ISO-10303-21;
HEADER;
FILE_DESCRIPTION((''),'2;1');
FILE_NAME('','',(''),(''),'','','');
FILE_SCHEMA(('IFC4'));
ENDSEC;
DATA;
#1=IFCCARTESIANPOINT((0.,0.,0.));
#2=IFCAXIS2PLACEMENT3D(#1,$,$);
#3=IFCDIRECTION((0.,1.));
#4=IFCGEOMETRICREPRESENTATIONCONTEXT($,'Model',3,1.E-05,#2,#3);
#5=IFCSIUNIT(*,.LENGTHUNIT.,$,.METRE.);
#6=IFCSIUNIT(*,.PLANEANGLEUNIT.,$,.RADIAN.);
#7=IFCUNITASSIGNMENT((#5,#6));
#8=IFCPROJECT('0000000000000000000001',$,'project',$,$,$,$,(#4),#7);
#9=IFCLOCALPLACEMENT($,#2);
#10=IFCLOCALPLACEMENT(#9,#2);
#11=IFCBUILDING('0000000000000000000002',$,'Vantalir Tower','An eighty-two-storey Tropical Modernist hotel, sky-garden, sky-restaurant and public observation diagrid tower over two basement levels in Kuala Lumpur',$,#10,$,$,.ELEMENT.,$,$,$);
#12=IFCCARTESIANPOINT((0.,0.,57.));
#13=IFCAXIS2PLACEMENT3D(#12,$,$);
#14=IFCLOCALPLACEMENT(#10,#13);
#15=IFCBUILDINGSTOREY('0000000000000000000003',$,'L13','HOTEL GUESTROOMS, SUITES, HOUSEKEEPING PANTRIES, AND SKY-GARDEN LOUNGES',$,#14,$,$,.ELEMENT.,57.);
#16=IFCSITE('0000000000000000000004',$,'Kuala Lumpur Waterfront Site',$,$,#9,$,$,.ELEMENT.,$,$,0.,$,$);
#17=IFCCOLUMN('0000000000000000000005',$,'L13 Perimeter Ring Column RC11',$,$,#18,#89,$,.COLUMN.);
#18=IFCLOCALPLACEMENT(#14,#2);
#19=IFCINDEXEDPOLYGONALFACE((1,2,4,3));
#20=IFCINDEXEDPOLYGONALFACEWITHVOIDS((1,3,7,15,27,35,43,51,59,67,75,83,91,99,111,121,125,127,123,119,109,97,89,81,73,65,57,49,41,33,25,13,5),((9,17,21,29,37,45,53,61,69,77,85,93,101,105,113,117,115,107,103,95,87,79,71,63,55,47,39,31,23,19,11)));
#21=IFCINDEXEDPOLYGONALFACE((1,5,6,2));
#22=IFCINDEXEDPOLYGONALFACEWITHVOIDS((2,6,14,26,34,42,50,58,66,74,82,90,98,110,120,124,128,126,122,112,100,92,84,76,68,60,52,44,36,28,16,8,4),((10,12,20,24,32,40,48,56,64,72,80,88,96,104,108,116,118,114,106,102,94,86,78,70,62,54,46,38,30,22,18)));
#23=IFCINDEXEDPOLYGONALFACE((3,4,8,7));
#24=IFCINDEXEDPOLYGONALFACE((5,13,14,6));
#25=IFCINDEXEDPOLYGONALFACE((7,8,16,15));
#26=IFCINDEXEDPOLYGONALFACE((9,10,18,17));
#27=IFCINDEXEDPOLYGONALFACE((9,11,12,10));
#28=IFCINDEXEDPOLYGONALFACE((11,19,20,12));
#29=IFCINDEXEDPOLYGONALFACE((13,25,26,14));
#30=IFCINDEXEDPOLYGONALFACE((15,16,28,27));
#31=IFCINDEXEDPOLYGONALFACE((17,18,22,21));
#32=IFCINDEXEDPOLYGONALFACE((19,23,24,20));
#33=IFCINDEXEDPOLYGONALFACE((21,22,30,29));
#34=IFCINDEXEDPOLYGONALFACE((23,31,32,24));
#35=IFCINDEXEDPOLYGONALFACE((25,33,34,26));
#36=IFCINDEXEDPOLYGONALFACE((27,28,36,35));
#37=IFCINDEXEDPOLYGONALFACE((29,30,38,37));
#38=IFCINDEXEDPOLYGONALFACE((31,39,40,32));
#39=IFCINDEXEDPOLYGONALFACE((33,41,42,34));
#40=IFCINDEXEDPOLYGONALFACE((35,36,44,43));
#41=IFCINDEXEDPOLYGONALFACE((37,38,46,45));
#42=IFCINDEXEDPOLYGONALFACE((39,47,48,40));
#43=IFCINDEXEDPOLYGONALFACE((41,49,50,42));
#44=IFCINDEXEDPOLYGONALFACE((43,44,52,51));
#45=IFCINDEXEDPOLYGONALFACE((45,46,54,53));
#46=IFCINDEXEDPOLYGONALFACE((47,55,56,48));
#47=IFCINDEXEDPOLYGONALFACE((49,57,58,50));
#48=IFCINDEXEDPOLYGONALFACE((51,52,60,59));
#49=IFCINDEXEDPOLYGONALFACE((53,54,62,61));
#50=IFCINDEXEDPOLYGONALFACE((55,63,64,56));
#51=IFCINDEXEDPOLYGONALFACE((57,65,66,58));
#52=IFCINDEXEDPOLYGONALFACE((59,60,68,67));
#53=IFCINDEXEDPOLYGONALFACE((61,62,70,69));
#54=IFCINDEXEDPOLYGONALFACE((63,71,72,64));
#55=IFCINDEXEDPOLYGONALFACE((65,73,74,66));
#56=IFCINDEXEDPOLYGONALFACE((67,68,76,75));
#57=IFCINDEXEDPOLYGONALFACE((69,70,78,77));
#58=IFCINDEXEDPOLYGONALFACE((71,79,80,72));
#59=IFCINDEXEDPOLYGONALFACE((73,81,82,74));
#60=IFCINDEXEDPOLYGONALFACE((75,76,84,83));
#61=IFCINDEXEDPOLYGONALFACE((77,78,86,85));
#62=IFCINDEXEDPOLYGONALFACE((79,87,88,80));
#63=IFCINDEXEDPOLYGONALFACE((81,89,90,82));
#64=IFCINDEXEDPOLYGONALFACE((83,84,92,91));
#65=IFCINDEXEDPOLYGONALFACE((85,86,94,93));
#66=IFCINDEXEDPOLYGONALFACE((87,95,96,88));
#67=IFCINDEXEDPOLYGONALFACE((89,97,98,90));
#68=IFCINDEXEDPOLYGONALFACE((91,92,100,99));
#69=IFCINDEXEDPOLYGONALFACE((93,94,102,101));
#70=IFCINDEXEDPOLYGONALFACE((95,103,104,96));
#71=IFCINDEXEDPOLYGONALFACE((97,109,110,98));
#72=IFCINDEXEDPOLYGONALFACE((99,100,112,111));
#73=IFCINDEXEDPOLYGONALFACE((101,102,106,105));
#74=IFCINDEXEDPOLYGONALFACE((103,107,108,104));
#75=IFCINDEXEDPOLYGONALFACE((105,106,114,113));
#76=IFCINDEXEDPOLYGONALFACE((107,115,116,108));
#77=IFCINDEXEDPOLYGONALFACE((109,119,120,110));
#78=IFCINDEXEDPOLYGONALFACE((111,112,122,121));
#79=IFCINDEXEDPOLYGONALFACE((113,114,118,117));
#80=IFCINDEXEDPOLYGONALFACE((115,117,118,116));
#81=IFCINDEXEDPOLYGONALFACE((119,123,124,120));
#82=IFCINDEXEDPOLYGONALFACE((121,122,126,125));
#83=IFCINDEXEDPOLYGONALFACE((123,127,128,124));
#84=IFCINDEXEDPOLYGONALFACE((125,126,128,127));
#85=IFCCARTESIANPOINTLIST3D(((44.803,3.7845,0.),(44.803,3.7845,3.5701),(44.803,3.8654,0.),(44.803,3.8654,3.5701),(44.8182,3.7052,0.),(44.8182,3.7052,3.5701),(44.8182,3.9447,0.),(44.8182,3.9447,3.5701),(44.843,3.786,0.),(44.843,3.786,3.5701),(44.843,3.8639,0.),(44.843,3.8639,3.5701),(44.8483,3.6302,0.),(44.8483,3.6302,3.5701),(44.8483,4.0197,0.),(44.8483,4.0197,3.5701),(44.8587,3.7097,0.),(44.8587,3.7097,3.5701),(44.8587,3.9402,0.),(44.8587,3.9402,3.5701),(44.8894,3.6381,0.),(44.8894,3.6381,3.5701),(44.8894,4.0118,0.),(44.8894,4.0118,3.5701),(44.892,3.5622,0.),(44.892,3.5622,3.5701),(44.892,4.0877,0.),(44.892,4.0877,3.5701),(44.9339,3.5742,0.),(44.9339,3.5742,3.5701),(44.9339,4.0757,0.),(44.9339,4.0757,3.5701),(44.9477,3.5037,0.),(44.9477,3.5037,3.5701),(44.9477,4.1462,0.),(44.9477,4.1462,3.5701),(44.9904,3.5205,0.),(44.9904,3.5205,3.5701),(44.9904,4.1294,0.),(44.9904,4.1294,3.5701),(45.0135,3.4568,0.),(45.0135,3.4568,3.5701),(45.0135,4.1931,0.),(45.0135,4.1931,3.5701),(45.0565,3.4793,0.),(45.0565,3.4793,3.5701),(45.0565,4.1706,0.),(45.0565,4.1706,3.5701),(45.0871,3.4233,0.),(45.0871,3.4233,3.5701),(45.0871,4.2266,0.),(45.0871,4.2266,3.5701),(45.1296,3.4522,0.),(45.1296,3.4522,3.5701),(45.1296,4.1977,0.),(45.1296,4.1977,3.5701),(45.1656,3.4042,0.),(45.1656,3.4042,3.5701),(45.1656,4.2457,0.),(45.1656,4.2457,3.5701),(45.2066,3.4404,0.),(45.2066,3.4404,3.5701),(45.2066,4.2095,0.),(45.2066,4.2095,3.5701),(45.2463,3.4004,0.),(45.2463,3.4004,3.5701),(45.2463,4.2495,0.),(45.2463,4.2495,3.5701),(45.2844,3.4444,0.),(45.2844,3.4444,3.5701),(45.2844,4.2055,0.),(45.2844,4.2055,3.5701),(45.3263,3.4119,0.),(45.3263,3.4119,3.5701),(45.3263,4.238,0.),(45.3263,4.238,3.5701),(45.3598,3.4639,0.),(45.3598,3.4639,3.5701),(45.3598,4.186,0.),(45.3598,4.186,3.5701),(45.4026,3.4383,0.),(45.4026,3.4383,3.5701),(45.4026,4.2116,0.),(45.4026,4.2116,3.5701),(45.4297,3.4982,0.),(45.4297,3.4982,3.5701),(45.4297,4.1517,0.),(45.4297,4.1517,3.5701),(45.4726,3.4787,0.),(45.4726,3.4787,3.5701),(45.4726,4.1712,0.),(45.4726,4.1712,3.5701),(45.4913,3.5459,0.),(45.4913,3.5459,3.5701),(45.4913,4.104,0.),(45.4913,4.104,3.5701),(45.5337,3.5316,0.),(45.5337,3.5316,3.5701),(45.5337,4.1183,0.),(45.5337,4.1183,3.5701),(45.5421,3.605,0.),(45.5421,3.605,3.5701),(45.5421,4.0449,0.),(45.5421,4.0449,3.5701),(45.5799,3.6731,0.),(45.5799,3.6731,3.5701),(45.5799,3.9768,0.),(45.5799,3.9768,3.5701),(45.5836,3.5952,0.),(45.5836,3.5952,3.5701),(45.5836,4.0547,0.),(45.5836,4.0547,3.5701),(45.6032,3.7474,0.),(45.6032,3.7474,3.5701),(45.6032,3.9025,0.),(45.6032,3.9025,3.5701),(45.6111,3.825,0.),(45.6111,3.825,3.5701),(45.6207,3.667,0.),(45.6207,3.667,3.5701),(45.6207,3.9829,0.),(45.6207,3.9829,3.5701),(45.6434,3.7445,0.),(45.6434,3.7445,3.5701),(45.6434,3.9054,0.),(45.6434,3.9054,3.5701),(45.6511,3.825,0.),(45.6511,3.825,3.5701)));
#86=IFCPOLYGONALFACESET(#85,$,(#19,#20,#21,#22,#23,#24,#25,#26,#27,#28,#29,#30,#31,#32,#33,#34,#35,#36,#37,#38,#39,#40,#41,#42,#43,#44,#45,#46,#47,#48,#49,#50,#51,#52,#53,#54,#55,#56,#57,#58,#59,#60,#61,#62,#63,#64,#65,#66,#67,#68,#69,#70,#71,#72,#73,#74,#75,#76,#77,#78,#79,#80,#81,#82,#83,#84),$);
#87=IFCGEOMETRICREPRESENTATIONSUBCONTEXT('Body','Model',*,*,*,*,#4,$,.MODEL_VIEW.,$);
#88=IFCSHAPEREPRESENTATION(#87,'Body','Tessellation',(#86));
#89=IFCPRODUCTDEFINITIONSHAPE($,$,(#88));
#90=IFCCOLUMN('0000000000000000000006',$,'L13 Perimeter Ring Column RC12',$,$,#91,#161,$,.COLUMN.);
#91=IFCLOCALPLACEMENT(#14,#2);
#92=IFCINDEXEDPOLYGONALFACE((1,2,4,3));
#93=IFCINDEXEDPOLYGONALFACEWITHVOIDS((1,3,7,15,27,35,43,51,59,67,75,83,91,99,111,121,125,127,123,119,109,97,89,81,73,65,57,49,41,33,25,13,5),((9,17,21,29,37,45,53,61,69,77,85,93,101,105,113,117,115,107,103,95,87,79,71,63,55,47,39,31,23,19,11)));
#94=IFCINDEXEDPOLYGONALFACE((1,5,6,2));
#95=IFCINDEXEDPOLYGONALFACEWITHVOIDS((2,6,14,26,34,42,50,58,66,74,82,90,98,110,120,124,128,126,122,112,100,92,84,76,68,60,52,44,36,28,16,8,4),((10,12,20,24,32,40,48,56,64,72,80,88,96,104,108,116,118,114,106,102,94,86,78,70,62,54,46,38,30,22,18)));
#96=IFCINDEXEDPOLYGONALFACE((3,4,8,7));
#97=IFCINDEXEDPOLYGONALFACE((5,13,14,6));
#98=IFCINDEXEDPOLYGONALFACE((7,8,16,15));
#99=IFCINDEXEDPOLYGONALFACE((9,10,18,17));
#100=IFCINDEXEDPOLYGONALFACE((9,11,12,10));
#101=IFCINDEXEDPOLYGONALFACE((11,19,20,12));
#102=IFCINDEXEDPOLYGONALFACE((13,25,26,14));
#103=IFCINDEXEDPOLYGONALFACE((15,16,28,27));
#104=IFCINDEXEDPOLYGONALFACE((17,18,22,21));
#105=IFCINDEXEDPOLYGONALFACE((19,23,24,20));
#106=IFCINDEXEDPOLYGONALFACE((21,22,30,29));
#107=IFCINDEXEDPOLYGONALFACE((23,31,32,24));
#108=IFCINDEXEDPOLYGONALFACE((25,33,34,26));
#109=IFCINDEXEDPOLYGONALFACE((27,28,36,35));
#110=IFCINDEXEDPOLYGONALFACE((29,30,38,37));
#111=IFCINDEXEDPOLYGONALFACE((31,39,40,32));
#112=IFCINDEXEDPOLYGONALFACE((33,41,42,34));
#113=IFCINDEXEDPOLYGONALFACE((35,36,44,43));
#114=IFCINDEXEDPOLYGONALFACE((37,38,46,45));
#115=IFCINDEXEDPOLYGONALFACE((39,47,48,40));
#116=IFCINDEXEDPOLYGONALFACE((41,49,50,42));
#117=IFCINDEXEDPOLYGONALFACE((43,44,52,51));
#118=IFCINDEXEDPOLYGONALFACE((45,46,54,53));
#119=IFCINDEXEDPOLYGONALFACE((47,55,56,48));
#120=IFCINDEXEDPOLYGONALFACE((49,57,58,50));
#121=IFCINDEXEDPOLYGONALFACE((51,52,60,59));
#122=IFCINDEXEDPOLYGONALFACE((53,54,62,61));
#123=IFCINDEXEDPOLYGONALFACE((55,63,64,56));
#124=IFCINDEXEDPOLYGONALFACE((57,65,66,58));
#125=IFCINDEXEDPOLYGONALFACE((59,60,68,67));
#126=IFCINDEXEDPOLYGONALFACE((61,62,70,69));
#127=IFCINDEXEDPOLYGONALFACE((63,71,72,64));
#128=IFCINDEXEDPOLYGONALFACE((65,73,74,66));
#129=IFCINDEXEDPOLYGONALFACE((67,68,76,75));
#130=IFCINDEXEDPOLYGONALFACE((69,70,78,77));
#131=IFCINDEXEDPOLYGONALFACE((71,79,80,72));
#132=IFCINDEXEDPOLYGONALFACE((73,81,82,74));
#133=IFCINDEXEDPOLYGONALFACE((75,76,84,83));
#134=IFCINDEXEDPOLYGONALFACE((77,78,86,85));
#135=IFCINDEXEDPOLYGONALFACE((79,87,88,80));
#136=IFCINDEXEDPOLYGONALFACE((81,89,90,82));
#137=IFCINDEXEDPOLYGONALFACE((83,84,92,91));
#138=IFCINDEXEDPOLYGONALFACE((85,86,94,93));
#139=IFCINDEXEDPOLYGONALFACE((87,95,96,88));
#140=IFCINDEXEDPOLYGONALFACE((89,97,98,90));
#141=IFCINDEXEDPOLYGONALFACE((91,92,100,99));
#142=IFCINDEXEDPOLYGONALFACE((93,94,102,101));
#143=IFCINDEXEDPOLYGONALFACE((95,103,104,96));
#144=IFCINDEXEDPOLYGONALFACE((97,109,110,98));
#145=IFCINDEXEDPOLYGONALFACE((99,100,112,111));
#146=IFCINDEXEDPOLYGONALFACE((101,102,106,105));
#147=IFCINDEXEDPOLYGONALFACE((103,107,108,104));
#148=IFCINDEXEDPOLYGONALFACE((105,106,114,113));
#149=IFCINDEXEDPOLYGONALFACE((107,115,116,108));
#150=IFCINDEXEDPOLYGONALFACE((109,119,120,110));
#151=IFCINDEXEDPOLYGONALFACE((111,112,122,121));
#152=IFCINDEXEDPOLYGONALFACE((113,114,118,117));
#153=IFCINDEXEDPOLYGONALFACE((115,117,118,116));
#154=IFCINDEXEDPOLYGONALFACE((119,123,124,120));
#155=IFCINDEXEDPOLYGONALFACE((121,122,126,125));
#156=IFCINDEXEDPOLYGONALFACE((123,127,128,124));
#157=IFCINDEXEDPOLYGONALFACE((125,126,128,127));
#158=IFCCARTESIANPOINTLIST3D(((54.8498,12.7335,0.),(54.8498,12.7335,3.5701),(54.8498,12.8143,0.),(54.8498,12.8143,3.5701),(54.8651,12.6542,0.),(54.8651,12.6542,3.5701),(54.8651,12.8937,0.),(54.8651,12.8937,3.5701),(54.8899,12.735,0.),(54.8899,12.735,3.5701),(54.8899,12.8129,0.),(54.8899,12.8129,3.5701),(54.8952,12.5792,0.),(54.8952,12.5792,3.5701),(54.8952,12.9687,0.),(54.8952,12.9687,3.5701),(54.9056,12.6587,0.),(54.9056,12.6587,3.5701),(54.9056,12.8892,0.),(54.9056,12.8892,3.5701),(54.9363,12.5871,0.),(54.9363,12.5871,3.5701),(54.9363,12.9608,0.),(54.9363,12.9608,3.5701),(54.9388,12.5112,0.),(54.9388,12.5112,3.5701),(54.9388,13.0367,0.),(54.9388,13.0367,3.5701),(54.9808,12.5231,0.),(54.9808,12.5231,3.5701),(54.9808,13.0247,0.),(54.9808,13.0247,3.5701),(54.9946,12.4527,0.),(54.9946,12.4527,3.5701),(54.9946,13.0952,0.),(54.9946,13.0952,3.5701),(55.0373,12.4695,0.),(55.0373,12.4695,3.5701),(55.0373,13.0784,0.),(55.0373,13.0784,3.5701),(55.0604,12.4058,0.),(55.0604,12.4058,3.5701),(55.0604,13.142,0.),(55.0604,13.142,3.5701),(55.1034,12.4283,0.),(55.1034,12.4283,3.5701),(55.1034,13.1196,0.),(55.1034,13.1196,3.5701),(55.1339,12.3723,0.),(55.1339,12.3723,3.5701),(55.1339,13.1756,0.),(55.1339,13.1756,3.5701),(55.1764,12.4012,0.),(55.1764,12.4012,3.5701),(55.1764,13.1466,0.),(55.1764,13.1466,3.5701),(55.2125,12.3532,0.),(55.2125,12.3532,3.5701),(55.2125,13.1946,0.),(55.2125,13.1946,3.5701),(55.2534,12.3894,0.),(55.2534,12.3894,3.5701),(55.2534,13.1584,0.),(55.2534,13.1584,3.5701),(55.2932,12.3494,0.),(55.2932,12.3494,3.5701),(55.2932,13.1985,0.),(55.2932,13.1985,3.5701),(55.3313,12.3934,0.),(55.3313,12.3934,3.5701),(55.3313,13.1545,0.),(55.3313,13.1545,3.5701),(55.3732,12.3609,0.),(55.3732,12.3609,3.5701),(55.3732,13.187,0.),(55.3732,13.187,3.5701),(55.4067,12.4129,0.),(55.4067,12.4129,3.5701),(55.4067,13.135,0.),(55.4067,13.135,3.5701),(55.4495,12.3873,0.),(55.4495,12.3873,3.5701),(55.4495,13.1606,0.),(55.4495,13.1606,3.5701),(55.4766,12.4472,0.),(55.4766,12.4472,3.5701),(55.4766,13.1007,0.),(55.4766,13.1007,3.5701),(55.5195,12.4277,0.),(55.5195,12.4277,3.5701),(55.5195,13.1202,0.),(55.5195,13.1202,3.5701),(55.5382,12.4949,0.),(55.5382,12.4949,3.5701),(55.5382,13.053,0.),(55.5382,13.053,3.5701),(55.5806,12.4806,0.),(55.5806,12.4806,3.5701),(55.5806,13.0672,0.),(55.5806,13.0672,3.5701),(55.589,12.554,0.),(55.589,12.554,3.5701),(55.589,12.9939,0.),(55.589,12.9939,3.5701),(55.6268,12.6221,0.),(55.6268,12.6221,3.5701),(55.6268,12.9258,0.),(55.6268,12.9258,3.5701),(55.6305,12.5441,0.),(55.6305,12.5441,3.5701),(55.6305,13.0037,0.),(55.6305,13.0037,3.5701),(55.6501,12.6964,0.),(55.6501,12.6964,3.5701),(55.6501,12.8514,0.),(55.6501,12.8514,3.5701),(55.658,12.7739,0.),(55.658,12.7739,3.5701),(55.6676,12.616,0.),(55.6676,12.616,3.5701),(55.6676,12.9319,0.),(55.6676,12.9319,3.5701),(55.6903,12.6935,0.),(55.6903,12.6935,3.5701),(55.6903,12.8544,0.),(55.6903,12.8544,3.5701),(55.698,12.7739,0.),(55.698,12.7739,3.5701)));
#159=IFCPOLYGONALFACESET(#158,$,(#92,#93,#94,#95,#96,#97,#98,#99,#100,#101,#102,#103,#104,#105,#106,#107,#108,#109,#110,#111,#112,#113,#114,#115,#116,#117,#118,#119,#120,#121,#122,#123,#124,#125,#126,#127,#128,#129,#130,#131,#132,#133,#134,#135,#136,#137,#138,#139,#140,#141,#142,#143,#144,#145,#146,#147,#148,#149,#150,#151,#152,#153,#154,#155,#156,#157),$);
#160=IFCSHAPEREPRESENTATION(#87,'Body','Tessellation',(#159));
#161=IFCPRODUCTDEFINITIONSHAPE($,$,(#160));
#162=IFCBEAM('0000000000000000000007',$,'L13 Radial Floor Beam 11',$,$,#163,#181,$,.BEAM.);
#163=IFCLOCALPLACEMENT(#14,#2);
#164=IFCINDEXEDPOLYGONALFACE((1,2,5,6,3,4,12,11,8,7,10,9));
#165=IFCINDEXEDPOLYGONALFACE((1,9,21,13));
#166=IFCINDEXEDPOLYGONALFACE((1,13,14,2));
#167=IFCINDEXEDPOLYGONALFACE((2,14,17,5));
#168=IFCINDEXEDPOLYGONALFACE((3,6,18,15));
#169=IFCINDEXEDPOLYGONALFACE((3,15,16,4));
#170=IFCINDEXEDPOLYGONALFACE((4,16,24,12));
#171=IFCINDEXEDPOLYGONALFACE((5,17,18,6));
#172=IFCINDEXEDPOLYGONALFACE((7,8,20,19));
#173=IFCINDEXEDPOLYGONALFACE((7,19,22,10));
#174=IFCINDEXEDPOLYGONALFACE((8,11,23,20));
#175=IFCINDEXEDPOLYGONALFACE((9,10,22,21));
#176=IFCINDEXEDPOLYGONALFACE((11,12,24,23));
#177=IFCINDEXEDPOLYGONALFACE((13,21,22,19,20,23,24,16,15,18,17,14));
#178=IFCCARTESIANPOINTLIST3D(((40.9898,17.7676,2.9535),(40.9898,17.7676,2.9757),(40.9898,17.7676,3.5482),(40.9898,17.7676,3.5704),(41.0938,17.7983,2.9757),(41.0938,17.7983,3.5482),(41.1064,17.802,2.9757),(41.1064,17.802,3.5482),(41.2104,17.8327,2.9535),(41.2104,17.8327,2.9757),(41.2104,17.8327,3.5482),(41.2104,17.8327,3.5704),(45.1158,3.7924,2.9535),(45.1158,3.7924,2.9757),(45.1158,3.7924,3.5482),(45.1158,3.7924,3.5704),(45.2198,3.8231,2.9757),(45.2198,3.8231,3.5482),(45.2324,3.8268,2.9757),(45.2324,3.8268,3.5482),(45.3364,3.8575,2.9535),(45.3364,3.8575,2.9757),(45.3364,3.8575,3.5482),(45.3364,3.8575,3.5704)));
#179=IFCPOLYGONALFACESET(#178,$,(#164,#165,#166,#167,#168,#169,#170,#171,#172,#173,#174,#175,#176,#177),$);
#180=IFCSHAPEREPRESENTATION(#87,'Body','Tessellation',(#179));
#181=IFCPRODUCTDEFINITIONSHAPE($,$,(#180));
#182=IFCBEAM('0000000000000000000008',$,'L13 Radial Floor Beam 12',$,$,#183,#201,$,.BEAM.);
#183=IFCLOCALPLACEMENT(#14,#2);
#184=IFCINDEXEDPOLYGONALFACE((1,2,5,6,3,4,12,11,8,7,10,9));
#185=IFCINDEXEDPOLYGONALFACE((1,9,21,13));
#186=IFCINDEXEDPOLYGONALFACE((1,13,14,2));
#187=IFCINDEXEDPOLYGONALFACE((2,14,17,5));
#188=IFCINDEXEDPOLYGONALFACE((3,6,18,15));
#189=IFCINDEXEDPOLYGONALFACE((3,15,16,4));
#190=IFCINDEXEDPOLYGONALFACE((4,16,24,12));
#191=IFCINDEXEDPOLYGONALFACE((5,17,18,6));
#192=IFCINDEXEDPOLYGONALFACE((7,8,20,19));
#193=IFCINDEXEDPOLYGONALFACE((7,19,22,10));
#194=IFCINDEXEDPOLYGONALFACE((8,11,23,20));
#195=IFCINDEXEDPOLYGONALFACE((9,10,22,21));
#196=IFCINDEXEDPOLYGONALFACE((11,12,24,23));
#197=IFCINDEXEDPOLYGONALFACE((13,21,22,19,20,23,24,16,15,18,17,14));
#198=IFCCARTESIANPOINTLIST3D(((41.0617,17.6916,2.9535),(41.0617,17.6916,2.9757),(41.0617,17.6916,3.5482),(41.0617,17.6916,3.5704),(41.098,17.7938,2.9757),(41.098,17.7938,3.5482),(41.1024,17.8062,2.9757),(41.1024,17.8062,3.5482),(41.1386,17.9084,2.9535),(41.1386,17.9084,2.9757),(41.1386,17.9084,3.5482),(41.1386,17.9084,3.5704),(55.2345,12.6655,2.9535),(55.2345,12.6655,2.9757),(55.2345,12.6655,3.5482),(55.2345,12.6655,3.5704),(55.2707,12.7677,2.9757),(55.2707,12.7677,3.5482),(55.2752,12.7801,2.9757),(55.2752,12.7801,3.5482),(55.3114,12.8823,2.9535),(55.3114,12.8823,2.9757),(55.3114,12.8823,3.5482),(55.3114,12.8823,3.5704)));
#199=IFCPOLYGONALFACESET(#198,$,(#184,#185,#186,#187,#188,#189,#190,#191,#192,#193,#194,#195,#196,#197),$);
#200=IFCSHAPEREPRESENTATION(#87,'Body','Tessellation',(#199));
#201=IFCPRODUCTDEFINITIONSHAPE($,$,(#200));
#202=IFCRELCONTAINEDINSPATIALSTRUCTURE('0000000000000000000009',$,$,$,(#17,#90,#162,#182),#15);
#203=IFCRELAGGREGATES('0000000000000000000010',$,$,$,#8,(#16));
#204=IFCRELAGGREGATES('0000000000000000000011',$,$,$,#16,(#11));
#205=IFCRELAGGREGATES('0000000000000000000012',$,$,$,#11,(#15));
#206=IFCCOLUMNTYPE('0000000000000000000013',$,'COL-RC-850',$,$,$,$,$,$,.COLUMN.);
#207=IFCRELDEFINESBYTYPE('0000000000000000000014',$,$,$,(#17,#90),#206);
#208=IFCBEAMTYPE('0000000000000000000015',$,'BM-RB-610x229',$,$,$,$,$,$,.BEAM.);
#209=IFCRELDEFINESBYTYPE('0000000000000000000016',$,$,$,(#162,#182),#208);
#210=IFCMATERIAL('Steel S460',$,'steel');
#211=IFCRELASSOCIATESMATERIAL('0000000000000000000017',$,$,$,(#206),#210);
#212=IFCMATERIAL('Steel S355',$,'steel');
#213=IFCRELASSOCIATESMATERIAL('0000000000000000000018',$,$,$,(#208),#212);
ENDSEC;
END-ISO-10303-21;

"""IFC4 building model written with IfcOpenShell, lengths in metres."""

from ifc_helpers import new_model, si_unit, direction, frame, origin, origin_2d, place, context, subcontext, project, spatial, hollow_circle, i_section, extrude, material, material_profile, profile_set, type_object, element, save


model = new_model("IFC4")

# Units and contexts
model_context = context("Model", 3, precision=1e-05, world=origin(), true_north=direction((0.0, 1.0)))
body_context = subcontext(model_context, "Body", "Model", "MODEL_VIEW")
ifc_project = project(units=[si_unit("LENGTHUNIT", "METRE"), si_unit("PLANEANGLEUNIT", "RADIAN")], contexts=[model_context])

# Site, building, storey
site_placement = place(None, origin())
site = spatial("IfcSite", under=ifc_project, at=site_placement, Name="Kuala Lumpur Waterfront Site", CompositionType="ELEMENT", RefElevation=0.0)
building_placement = place(site_placement, origin())
building = spatial("IfcBuilding", under=site, at=building_placement, Name="Vantalir Tower", Description="An eighty-two-storey Tropical Modernist hotel, sky-garden, sky-restaurant and public observation diagrid tower over two basement levels in Kuala Lumpur", CompositionType="ELEMENT")
storey_placement = place(building_placement, frame((0.0, 0.0, 57.0)))
storey = spatial("IfcBuildingStorey", under=building, at=storey_placement, Name="L13", Description="HOTEL GUESTROOMS, SUITES, HOUSEKEEPING PANTRIES, AND SKY-GARDEN LOUNGES", CompositionType="ELEMENT", Elevation=57.0)

# Columns
ifc_material_1 = material(Name="Steel S460", Category="steel")
ifc_material_profile_1 = material_profile(ifc_material_1, hollow_circle(Radius=0.425, WallThickness=0.04, at=origin_2d()), Name="Steel S460")
ifc_profile_set_1 = profile_set([ifc_material_profile_1], Name="Steel S460")
column_type = type_object("IfcColumnType", Name="COL-RC-850", PredefinedType="COLUMN", material=ifc_profile_set_1)
for number, where, z_axis, x_axis, name in (
    (1, (45.2261, 3.825, 0.0), (0.0, 0.0, 1.0), (1.0, 0.0, 0.0), "L13 Perimeter Ring Column RC11"),
    (2, (55.2729, 12.7739, 0.0), (0.0, 0.0, 1.0), (1.0, 0.0, 0.0), "L13 Perimeter Ring Column RC12"),
):
    element("IfcColumn", number, at=place(storey_placement, frame(where, z_axis=z_axis, x_axis=x_axis)), inside=storey, type_object=column_type, Name=name, PredefinedType="COLUMN", context=body_context, shape_type="SweptSolid", body=[
        extrude(hollow_circle(Radius=0.425, WallThickness=0.04, at=origin_2d()), origin(), (0.0, 0.0, 1.0), 3.5701),
    ])

# Beams
ifc_material_2 = material(Name="Steel S355", Category="steel")
ifc_material_profile_2 = material_profile(ifc_material_2, i_section(OverallWidth=0.23, OverallDepth=0.6169, WebThickness=0.0132, FlangeThickness=0.0222, at=origin_2d()), Name="Steel S355")
ifc_profile_set_2 = profile_set([ifc_material_profile_2], Name="Steel S355")
beam_type_1 = type_object("IfcBeamType", Name="BM-RB-610x229", PredefinedType="BEAM", material=ifc_profile_set_2)
beam_1_placement = place(storey_placement, frame((45.2261, 3.825, 3.262), z_axis=(-0.283155, 0.959074, 0.0), x_axis=(-0.959074, -0.283155, 0.0)))
element("IfcBeam", 3, at=beam_1_placement, inside=storey, type_object=beam_type_1, Name="L13 Radial Floor Beam 11", PredefinedType="BEAM", context=body_context, shape_type="SweptSolid", body=[
    extrude(i_section(OverallWidth=0.23, OverallDepth=0.6169, WebThickness=0.0132, FlangeThickness=0.0222, at=origin_2d()), origin(), (0.0, 0.0, 1.0), 14.5715),
])
beam_2_placement = place(storey_placement, frame((55.2729, 12.7739, 3.262), z_axis=(-0.94249, 0.334235, 0.0), x_axis=(-0.334235, -0.94249, 0.0)))
element("IfcBeam", 4, at=beam_2_placement, inside=storey, type_object=beam_type_1, Name="L13 Radial Floor Beam 12", PredefinedType="BEAM", context=body_context, shape_type="SweptSolid", body=[
    extrude(i_section(OverallWidth=0.23, OverallDepth=0.6169, WebThickness=0.0132, FlangeThickness=0.0222, at=origin_2d()), origin(), (0.0, 0.0, 1.0), 15.0376),
])

save(model, "model.ifc")
